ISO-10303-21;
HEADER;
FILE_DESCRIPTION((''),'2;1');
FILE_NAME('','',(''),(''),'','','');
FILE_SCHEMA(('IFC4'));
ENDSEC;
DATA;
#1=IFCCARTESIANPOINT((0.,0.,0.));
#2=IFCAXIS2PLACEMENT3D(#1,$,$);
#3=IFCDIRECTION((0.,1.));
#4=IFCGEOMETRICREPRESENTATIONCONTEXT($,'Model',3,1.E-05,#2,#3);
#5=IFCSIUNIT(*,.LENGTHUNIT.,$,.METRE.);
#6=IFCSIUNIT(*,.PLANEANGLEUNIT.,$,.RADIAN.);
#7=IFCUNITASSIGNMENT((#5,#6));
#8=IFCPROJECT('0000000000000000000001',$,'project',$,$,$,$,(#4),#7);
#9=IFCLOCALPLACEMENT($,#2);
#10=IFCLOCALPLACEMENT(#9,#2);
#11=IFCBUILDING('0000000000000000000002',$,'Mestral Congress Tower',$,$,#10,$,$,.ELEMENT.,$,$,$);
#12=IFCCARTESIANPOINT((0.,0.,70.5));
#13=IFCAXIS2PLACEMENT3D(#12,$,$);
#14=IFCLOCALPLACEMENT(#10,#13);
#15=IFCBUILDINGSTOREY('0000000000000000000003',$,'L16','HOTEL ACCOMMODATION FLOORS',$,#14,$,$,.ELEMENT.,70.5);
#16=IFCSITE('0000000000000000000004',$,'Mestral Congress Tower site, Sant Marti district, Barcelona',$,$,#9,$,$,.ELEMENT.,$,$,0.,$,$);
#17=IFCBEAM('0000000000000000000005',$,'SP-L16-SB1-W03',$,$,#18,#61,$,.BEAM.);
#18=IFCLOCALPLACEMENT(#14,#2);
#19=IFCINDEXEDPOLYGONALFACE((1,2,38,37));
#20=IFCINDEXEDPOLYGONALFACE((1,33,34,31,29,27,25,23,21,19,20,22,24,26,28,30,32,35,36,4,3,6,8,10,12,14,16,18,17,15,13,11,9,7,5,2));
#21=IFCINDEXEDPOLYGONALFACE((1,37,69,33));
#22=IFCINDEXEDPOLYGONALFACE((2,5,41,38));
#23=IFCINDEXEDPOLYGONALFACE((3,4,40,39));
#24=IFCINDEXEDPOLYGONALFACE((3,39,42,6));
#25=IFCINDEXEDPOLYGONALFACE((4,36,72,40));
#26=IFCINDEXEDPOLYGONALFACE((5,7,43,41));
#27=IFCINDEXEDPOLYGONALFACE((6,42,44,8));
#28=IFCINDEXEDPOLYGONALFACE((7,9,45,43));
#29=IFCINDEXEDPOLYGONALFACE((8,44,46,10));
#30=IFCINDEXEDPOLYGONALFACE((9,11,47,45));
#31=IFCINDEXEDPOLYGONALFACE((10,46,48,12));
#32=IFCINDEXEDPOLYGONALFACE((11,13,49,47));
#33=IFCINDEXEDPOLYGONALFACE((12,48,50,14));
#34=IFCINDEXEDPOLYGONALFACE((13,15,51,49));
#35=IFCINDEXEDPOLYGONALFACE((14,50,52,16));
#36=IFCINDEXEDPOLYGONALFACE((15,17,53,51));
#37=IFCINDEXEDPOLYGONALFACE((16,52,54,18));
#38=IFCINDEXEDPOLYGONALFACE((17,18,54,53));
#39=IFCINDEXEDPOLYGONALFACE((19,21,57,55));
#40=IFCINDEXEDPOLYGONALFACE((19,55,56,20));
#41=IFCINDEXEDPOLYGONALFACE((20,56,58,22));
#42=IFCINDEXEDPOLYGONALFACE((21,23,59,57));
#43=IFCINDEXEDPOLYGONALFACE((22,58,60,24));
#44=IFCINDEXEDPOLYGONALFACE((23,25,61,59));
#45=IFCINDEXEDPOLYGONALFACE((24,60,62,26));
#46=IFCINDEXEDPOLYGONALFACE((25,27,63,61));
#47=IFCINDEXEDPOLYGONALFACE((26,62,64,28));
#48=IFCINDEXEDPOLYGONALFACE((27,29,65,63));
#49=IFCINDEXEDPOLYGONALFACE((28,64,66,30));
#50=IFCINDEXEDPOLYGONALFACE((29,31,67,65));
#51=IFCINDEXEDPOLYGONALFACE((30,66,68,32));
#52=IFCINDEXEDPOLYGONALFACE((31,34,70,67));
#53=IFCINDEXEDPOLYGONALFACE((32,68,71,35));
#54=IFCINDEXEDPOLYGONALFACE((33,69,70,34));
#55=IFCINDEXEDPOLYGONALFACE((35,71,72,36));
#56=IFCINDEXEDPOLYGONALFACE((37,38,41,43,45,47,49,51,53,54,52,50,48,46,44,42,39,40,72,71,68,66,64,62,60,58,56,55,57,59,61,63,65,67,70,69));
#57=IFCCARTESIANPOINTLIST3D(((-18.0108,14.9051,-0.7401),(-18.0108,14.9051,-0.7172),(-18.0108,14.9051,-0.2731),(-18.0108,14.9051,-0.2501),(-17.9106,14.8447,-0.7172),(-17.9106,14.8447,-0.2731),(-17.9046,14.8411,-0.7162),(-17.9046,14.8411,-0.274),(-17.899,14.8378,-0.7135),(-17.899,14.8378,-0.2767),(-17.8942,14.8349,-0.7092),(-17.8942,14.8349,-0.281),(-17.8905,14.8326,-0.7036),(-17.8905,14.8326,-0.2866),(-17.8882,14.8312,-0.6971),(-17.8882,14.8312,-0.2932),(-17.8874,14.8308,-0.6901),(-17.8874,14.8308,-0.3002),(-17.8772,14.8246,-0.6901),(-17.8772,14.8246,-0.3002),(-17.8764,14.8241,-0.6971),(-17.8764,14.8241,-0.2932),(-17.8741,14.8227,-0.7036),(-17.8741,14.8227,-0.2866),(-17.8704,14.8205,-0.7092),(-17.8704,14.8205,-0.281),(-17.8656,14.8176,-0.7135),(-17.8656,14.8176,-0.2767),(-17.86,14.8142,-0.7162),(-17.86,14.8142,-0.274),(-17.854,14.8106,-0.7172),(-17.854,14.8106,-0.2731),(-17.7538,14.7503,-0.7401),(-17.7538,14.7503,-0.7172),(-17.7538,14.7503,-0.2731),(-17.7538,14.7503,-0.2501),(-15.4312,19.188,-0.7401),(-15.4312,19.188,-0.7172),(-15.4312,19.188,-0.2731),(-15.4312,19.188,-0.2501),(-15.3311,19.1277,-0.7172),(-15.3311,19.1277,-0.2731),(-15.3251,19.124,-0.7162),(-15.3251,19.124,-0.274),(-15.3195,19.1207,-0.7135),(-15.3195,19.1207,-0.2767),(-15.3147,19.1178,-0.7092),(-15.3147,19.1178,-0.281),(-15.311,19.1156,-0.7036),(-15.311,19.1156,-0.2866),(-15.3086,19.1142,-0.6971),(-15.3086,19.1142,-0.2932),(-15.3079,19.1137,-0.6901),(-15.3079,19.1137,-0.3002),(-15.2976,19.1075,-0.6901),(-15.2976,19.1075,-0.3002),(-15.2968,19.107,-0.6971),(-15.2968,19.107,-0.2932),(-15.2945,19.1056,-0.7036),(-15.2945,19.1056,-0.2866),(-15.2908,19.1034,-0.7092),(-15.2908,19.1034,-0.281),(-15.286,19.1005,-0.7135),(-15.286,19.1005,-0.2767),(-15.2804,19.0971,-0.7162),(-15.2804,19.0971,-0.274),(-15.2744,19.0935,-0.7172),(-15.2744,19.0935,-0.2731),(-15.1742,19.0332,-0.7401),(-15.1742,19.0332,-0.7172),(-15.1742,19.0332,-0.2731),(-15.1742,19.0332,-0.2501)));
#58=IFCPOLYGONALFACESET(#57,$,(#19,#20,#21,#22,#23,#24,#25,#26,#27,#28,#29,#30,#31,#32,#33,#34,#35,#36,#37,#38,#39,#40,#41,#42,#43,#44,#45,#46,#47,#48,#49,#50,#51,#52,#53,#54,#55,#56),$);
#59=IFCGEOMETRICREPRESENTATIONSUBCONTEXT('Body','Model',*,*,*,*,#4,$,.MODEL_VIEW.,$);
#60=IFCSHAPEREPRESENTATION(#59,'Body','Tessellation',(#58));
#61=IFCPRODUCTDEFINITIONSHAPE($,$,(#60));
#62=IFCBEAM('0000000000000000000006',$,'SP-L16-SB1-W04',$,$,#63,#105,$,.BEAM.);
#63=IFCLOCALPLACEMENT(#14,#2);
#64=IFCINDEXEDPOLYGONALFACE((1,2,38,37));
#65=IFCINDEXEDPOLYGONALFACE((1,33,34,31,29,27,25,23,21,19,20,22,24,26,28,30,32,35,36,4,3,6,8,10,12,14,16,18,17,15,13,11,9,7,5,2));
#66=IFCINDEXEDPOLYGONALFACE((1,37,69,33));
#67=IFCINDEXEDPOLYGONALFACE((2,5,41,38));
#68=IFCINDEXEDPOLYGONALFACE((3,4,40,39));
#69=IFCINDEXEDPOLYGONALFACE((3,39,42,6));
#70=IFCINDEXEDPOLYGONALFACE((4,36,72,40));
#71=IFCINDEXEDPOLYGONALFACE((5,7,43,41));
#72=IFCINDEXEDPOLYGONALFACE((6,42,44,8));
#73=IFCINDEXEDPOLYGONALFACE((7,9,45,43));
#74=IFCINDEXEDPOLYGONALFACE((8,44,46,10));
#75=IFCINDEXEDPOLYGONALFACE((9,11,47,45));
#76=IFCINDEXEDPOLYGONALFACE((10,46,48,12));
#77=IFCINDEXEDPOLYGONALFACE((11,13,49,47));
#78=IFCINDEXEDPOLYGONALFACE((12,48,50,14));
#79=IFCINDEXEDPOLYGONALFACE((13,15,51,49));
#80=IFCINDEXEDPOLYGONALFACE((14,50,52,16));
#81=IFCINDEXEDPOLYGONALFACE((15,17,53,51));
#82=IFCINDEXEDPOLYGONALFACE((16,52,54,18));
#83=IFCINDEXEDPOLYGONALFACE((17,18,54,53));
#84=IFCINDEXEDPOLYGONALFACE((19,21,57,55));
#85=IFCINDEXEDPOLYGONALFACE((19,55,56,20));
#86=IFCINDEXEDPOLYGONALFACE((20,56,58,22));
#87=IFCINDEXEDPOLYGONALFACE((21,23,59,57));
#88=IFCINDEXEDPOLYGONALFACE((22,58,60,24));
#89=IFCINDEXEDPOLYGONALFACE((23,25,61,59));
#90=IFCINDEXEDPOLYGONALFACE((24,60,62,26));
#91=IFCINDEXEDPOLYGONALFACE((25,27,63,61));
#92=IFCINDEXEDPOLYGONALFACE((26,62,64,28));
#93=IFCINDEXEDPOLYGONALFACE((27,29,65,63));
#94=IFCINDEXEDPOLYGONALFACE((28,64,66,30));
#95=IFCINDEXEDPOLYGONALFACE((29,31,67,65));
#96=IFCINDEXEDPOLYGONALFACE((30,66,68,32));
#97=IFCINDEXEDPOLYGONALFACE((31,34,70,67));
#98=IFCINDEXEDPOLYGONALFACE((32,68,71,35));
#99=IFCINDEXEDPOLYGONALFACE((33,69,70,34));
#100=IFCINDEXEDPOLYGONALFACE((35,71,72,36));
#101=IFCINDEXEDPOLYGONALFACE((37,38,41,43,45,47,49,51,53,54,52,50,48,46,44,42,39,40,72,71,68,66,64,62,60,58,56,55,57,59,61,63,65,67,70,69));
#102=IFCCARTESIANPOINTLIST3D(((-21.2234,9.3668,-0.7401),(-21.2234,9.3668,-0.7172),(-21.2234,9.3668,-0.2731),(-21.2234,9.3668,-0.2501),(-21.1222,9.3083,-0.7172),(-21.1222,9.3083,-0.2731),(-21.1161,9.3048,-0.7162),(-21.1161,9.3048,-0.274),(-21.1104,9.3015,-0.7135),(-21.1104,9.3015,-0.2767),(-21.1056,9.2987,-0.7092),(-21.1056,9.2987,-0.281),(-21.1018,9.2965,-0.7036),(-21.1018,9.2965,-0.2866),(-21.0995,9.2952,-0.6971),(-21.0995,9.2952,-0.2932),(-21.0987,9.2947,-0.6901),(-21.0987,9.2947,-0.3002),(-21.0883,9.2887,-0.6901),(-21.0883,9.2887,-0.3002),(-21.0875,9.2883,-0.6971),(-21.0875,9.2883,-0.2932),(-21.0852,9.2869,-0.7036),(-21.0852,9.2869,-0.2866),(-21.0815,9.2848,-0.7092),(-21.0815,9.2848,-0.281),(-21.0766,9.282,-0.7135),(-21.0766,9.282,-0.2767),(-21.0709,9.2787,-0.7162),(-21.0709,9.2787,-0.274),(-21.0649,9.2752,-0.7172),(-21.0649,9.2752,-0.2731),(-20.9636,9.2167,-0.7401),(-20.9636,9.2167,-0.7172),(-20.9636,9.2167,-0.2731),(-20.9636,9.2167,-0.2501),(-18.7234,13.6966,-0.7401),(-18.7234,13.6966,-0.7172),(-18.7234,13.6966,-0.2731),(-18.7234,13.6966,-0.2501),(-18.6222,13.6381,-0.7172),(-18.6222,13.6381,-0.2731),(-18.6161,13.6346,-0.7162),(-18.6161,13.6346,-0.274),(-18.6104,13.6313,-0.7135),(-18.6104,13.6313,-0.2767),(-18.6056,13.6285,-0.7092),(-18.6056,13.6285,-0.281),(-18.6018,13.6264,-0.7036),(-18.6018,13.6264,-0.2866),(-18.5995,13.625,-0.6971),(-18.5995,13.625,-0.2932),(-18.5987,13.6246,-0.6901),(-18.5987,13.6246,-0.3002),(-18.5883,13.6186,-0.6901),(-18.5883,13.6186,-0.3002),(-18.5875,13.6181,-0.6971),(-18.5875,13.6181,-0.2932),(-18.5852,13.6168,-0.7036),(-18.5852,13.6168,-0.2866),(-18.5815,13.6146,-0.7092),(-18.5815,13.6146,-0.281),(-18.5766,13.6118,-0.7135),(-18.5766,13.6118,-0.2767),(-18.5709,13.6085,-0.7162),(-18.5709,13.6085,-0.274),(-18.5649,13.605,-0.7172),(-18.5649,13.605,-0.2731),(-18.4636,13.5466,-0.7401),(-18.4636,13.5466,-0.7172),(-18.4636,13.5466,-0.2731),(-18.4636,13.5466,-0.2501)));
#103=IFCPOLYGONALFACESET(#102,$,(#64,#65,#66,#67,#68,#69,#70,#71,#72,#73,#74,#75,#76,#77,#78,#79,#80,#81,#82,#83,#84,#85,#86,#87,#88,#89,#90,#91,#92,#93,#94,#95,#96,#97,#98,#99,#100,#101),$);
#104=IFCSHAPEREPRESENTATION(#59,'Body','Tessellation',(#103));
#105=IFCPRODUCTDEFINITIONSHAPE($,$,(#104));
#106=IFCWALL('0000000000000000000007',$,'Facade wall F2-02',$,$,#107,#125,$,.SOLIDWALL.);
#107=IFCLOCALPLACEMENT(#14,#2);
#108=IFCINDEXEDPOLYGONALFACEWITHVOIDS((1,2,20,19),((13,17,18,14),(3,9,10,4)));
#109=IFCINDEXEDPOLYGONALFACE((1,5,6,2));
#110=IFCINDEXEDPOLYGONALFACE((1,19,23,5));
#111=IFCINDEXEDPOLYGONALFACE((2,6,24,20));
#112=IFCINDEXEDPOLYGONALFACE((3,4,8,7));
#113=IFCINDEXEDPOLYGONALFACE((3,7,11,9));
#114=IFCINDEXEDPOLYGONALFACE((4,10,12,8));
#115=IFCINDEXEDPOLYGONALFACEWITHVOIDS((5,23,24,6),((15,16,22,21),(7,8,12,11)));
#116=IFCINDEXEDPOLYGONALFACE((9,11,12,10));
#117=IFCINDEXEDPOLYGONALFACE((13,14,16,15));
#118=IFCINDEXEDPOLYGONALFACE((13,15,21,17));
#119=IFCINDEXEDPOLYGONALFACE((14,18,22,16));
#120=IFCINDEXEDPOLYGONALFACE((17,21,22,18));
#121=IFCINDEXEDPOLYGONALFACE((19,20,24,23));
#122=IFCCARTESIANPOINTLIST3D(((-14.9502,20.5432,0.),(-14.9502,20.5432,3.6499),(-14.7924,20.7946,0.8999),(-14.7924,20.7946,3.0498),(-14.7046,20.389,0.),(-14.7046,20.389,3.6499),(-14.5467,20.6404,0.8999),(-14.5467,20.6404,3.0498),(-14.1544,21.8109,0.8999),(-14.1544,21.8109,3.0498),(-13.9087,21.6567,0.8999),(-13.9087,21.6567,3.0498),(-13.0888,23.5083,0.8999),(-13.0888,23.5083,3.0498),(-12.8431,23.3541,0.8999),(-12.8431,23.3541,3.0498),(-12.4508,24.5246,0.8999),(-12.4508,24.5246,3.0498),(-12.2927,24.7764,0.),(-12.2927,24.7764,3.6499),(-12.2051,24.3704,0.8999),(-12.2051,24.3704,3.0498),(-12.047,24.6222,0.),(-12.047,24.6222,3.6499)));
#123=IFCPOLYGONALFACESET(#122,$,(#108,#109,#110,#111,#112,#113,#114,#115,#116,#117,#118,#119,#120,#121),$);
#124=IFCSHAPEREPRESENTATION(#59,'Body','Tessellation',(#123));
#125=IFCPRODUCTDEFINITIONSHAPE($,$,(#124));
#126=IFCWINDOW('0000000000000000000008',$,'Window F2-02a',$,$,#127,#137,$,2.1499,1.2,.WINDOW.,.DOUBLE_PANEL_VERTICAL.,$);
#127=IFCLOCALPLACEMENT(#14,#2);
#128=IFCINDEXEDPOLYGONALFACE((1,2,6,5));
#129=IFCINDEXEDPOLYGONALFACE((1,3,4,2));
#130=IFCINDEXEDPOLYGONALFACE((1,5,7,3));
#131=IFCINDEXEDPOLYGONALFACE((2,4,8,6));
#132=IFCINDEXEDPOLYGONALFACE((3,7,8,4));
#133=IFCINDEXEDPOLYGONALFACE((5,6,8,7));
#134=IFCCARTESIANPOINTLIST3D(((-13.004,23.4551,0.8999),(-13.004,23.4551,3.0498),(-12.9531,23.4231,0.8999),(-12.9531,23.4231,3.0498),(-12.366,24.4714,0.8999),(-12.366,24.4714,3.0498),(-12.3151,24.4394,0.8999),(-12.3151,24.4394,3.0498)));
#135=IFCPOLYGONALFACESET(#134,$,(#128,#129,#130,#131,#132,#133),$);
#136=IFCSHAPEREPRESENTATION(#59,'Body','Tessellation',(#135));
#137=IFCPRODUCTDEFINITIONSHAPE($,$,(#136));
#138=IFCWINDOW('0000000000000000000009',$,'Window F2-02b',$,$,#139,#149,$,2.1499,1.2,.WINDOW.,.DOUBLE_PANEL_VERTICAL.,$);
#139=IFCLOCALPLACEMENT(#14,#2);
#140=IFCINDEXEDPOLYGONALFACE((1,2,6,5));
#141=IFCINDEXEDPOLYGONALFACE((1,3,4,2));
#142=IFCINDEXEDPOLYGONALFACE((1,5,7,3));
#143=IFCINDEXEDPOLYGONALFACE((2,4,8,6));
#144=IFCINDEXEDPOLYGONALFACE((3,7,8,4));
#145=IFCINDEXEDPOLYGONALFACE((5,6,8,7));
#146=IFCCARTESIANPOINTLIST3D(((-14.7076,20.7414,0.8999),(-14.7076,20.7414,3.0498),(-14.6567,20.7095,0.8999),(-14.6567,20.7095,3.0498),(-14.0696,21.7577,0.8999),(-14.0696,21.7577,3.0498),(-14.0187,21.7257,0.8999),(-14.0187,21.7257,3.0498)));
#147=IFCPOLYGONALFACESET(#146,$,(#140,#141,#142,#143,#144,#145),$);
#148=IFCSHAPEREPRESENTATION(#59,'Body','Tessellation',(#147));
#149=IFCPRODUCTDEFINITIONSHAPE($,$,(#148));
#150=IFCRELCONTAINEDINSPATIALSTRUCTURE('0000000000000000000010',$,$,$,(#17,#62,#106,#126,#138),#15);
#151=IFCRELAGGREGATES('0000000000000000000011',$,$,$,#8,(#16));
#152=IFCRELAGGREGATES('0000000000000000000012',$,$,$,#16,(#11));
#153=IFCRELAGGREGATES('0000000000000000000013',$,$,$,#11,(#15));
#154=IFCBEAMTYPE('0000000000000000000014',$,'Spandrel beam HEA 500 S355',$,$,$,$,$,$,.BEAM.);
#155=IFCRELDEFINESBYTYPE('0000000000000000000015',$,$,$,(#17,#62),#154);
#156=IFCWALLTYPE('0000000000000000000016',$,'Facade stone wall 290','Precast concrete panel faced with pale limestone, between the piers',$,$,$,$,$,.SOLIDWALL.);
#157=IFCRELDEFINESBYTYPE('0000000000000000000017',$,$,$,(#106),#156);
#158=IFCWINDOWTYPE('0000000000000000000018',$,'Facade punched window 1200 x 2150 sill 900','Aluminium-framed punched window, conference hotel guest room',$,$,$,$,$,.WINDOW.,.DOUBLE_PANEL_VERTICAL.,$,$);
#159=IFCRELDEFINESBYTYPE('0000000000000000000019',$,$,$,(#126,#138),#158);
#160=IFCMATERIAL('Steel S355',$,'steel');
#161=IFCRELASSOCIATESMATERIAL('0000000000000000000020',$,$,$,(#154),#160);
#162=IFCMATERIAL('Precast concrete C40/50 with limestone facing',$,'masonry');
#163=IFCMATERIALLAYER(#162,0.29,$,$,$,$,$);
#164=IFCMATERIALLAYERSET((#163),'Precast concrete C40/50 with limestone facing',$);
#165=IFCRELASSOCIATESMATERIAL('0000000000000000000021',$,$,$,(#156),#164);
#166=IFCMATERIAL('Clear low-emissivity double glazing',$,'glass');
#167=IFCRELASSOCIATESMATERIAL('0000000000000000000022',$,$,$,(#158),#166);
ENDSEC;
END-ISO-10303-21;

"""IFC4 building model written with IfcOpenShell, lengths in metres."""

from ifc_helpers import new_model, si_unit, direction, frame, frame_2d, origin, origin_2d, place, context, subcontext, project, spatial, rectangle, i_section, extrude, material, layer, layer_set, material_profile, profile_set, type_object, element, fill, save


model = new_model("IFC4")

# Units and contexts
model_context = context("Model", 3, precision=1e-05, world=origin(), true_north=direction((0.0, 1.0)))
body_context = subcontext(model_context, "Body", "Model", "MODEL_VIEW")
ifc_project = project(units=[si_unit("LENGTHUNIT", "METRE"), si_unit("PLANEANGLEUNIT", "RADIAN")], contexts=[model_context])

# Site, building, storey
site_placement = place(None, origin())
site = spatial("IfcSite", under=ifc_project, at=site_placement, Name="Mestral Congress Tower site, Sant Marti district, Barcelona", CompositionType="ELEMENT", RefElevation=0.0)
building_placement = place(site_placement, origin())
building = spatial("IfcBuilding", under=site, at=building_placement, Name="Mestral Congress Tower", CompositionType="ELEMENT")
storey_placement = place(building_placement, frame((0.0, 0.0, 70.5)))
storey = spatial("IfcBuildingStorey", under=building, at=storey_placement, Name="L16", Description="HOTEL ACCOMMODATION FLOORS", CompositionType="ELEMENT", Elevation=70.5)

# Beams
ifc_material_1 = material(Name="Steel S355", Category="steel")
ifc_material_profile_1 = material_profile(ifc_material_1, i_section(OverallWidth=0.3, OverallDepth=0.49, WebThickness=0.012, FlangeThickness=0.0229, FilletRadius=0.0271, at=origin_2d()), Name="HEA 500")
ifc_profile_set_1 = profile_set([ifc_material_profile_1], Name="Steel S355")
beam_type_1 = type_object("IfcBeamType", Name="Spandrel beam HEA 500 S355", PredefinedType="BEAM", material=ifc_profile_set_1)
for number, where, z_axis, x_axis, name in (
    (1, (-15.3027, 19.1106, -0.4951), (-0.515938, -0.856626, 0.0), (0.856626, -0.515938, 0.0), "SP-L16-SB1-W03"),
    (2, (-18.5935, 13.6216, -0.4951), (-0.500025, -0.866011, 0.0), (0.866011, -0.500025, 0.0), "SP-L16-SB1-W04"),
):
    element("IfcBeam", number, at=place(storey_placement, frame(where, z_axis=z_axis, x_axis=x_axis)), inside=storey, type_object=beam_type_1, Name=name, PredefinedType="BEAM", context=body_context, shape_type="SweptSolid", body=[
        extrude(i_section(OverallWidth=0.3, OverallDepth=0.49, WebThickness=0.012, FlangeThickness=0.0229, FilletRadius=0.0271, at=origin_2d()), origin(), (0.0, 0.0, 1.0), 4.9998),
    ])

# Wall, openings, windows
ifc_material_2 = material(Name="Precast concrete C40/50 with limestone facing", Category="masonry")
ifc_layer_1 = layer(ifc_material_2, 0.29)
ifc_layer_set_1 = layer_set([ifc_layer_1], Name="Precast concrete C40/50 with limestone facing")
wall_type_1 = type_object("IfcWallType", Name="Facade stone wall 290", Description="Precast concrete panel faced with pale limestone, between the piers", PredefinedType="SOLIDWALL", material=ifc_layer_set_1)
wall_1_placement = place(storey_placement, frame((-12.1699, 24.6992, 0.0), z_axis=(0.0, 0.0, 1.0), x_axis=(-0.531688, -0.84694, 0.0)))
wall_1 = element("IfcWall", 3, at=wall_1_placement, inside=storey, type_object=wall_type_1, Name="Facade wall F2-02", PredefinedType="SOLIDWALL", context=body_context, shape_type="SweptSolid", body=[
    extrude(rectangle(XDim=4.9983, YDim=0.29, at=frame_2d((2.499, 0.0))), origin(), (0.0, 0.0, 1.0), 3.6499),
])
opening_1_placement = place(wall_1_placement, frame((0.2971, 0.0, 0.8999)))
opening_1 = element("IfcOpeningElement", 4, at=opening_1_placement, cuts=wall_1, PredefinedType="OPENING", context=body_context, shape_type="SweptSolid", body=[
    extrude(rectangle(XDim=1.2, YDim=2.1499, at=frame_2d((0.6001, 1.075))), frame((0.0, 0.155, 0.0), z_axis=(0.0, -1.0, 0.0), x_axis=(1.0, 0.0, 0.0)), (0.0, 0.0, 1.0), 0.3101),
])
opening_2_placement = place(wall_1_placement, frame((3.5012, 0.0, 0.8999)))
opening_2 = element("IfcOpeningElement", 5, at=opening_2_placement, cuts=wall_1, PredefinedType="OPENING", context=body_context, shape_type="SweptSolid", body=[
    extrude(rectangle(XDim=1.2, YDim=2.1499, at=frame_2d((0.6001, 1.075))), frame((0.0, 0.155, 0.0), z_axis=(0.0, -1.0, 0.0), x_axis=(1.0, 0.0, 0.0)), (0.0, 0.0, 1.0), 0.3101),
])
ifc_material_3 = material(Name="Clear low-emissivity double glazing", Category="glass")
window_type = type_object("IfcWindowType", Name="Facade punched window 1200 x 2150 sill 900", Description="Aluminium-framed punched window, conference hotel guest room", PartitioningType="DOUBLE_PANEL_VERTICAL", PredefinedType="WINDOW", material=ifc_material_3)
window_1_placement = place(opening_1_placement, origin())
window_1 = element("IfcWindow", 6, at=window_1_placement, inside=storey, type_object=window_type, Name="Window F2-02a", OverallHeight=2.1499, OverallWidth=1.2, PartitioningType="DOUBLE_PANEL_VERTICAL", PredefinedType="WINDOW", context=body_context, shape_type="SweptSolid", body=[
    extrude(rectangle(XDim=1.2, YDim=2.1499, at=frame_2d((0.6001, 1.075))), frame((0.0, 0.0151, 0.0), z_axis=(0.0, -1.0, 0.0), x_axis=(1.0, 0.0, 0.0)), (0.0, 0.0, 1.0), 0.0601),
])
fill(opening_1, window_1)
window_2_placement = place(opening_2_placement, origin())
window_2 = element("IfcWindow", 7, at=window_2_placement, inside=storey, type_object=window_type, Name="Window F2-02b", OverallHeight=2.1499, OverallWidth=1.2, PartitioningType="DOUBLE_PANEL_VERTICAL", PredefinedType="WINDOW", context=body_context, shape_type="SweptSolid", body=[
    extrude(rectangle(XDim=1.2, YDim=2.1499, at=frame_2d((0.6001, 1.075))), frame((0.0, 0.0151, 0.0), z_axis=(0.0, -1.0, 0.0), x_axis=(1.0, 0.0, 0.0)), (0.0, 0.0, 1.0), 0.0601),
])
fill(opening_2, window_2)

save(model, "model.ifc")
